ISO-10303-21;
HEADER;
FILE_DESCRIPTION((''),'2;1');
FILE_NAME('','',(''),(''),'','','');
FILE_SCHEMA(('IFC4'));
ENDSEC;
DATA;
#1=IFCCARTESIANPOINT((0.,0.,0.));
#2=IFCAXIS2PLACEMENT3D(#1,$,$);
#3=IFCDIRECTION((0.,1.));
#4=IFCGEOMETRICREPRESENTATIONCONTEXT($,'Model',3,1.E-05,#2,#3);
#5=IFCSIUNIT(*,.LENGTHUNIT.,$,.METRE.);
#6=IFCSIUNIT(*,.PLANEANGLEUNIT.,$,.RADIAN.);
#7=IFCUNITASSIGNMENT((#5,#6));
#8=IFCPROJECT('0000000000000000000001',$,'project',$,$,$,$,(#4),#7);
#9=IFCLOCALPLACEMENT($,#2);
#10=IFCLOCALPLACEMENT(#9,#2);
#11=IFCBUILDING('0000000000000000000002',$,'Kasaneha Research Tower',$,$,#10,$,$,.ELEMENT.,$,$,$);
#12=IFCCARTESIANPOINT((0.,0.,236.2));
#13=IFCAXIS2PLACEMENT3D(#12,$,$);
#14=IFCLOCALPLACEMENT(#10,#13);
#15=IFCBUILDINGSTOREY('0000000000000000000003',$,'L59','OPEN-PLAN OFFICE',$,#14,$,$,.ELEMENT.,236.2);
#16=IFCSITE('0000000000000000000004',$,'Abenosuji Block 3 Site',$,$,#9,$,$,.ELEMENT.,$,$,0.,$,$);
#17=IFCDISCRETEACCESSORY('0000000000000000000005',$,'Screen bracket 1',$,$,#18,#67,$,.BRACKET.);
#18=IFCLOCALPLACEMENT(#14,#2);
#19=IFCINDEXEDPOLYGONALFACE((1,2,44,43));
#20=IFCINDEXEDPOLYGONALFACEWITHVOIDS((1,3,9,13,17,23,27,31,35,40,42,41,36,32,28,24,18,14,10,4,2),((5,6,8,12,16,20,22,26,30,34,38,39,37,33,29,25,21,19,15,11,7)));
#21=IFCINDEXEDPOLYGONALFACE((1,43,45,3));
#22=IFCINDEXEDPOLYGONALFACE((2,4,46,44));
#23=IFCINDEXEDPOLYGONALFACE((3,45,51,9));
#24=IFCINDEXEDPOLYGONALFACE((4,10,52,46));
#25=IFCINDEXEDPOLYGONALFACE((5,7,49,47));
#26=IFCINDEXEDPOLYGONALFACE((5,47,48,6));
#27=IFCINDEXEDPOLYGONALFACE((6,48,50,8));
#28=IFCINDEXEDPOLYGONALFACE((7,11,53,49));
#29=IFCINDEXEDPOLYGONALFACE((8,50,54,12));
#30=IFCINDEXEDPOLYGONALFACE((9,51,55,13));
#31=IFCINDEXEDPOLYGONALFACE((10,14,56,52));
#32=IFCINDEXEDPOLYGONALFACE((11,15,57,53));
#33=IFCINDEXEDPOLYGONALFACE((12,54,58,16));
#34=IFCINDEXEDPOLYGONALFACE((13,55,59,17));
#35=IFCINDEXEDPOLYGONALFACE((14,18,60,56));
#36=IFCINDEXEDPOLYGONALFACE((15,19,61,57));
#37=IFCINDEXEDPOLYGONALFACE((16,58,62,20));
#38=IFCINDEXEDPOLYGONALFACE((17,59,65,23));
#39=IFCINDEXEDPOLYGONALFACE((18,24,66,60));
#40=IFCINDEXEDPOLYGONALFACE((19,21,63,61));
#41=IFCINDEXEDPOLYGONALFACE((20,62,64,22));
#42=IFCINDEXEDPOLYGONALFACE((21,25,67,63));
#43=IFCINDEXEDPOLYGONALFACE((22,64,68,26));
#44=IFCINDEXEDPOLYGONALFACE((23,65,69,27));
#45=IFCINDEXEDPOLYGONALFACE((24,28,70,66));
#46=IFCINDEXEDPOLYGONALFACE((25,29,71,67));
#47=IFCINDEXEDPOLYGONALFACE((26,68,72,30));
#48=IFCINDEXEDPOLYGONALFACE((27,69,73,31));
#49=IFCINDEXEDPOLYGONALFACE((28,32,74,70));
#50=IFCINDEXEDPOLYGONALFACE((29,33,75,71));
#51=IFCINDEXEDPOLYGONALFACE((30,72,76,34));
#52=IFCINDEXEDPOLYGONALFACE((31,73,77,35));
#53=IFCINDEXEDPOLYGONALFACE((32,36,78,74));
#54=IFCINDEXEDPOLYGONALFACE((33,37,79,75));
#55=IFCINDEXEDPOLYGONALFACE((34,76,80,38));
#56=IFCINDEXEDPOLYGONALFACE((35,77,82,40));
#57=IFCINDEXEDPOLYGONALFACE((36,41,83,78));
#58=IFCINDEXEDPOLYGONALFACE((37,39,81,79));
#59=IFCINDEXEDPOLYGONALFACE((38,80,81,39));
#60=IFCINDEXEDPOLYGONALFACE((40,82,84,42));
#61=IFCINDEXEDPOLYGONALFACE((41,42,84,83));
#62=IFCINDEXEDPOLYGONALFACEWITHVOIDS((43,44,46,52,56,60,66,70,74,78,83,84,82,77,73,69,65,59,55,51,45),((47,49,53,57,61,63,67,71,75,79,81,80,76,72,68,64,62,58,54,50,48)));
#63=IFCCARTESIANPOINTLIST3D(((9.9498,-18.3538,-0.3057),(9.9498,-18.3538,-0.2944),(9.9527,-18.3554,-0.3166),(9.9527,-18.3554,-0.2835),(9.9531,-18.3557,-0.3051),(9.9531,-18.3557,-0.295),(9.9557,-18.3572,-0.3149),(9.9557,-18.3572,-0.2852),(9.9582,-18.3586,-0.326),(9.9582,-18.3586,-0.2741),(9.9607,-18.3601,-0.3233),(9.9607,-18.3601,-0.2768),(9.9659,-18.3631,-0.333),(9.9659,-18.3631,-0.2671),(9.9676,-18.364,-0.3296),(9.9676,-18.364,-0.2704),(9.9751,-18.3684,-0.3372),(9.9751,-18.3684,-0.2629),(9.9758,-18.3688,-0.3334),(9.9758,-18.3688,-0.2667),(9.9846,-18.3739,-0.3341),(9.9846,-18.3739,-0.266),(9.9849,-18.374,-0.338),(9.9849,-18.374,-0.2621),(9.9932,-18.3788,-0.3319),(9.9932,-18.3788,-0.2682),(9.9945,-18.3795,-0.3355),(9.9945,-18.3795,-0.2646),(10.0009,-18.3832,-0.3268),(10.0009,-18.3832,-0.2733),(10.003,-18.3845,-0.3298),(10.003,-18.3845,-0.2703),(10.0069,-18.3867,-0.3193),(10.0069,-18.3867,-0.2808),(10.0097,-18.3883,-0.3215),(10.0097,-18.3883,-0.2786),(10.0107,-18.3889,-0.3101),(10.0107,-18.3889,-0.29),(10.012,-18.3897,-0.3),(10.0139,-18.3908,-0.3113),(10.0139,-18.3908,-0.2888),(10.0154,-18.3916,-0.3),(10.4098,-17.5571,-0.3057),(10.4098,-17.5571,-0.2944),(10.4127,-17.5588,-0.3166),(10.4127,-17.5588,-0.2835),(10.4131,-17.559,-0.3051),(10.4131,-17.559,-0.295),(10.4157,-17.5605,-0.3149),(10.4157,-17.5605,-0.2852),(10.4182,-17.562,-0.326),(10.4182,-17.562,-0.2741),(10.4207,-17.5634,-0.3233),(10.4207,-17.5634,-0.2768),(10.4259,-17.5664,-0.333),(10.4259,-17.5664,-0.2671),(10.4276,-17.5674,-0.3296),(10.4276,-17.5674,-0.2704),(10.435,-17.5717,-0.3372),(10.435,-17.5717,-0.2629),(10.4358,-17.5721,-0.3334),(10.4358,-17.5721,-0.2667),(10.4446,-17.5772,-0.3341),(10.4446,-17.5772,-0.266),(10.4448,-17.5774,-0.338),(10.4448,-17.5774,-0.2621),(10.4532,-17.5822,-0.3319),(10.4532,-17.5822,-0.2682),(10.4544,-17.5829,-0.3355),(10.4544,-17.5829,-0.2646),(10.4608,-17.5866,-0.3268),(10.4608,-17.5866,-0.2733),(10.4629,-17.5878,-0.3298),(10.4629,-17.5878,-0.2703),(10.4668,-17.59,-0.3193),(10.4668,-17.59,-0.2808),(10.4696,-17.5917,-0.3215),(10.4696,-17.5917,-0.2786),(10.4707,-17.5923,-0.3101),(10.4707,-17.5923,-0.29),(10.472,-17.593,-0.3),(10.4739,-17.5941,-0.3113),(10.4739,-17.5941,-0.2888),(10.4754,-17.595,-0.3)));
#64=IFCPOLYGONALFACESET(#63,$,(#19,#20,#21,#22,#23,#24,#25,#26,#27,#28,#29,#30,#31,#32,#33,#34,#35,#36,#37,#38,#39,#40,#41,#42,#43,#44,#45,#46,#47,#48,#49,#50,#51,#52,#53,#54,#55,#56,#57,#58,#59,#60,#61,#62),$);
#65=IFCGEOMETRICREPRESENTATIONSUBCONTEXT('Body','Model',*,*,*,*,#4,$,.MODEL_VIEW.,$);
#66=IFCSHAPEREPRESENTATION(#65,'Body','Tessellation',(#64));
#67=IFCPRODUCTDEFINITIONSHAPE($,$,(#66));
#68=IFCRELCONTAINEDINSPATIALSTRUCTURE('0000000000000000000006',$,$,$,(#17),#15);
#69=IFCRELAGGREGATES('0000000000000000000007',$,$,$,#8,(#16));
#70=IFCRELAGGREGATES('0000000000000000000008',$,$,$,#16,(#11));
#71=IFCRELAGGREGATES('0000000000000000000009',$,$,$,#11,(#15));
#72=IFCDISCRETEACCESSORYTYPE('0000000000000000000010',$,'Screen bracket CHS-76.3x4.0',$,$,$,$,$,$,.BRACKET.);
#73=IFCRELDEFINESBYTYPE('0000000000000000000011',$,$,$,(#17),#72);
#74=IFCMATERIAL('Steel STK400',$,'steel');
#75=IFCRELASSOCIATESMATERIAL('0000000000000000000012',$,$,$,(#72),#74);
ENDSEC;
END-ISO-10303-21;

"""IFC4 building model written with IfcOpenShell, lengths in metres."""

from ifc_helpers import new_model, si_unit, direction, frame, origin, origin_2d, place, context, subcontext, project, spatial, hollow_circle, extrude, material, material_profile, profile_set, type_object, element, save


model = new_model("IFC4")

# Units and contexts
model_context = context("Model", 3, precision=1e-05, world=origin(), true_north=direction((0.0, 1.0)))
body_context = subcontext(model_context, "Body", "Model", "MODEL_VIEW")
ifc_project = project(units=[si_unit("LENGTHUNIT", "METRE"), si_unit("PLANEANGLEUNIT", "RADIAN")], contexts=[model_context])

# Site, building, storey
site_placement = place(None, origin())
site = spatial("IfcSite", under=ifc_project, at=site_placement, Name="Abenosuji Block 3 Site", CompositionType="ELEMENT", RefElevation=0.0)
building_placement = place(site_placement, origin())
building = spatial("IfcBuilding", under=site, at=building_placement, Name="Kasaneha Research Tower", CompositionType="ELEMENT")
storey_placement = place(building_placement, frame((0.0, 0.0, 236.2)))
storey = spatial("IfcBuildingStorey", under=building, at=storey_placement, Name="L59", Description="OPEN-PLAN OFFICE", CompositionType="ELEMENT", Elevation=236.2)

# Discrete accessory
ifc_material_1 = material(Name="Steel STK400", Category="steel")
ifc_material_profile_1 = material_profile(ifc_material_1, hollow_circle(Radius=0.0381, WallThickness=0.0039, at=origin_2d()), Name="CHS-76.3x4.0")
ifc_profile_set_1 = profile_set([ifc_material_profile_1], Name="Steel STK400")
discrete_accessory_type = type_object("IfcDiscreteAccessoryType", Name="Screen bracket CHS-76.3x4.0", PredefinedType="BRACKET", material=ifc_profile_set_1)
for number, where, z_axis, x_axis, name in (
    (1, (10.4424, -17.5759, -0.3), (-0.500021, -0.866013, 0.0), (0.866013, -0.500021, 0.0), "Screen bracket 1"),
):
    element("IfcDiscreteAccessory", number, at=place(storey_placement, frame(where, z_axis=z_axis, x_axis=x_axis)), inside=storey, type_object=discrete_accessory_type, Name=name, PredefinedType="BRACKET", context=body_context, shape_type="SweptSolid", body=[
        extrude(hollow_circle(Radius=0.0381, WallThickness=0.0039, at=origin_2d()), origin(), (0.0, 0.0, 1.0), 0.9199),
    ])

save(model, "model.ifc")
